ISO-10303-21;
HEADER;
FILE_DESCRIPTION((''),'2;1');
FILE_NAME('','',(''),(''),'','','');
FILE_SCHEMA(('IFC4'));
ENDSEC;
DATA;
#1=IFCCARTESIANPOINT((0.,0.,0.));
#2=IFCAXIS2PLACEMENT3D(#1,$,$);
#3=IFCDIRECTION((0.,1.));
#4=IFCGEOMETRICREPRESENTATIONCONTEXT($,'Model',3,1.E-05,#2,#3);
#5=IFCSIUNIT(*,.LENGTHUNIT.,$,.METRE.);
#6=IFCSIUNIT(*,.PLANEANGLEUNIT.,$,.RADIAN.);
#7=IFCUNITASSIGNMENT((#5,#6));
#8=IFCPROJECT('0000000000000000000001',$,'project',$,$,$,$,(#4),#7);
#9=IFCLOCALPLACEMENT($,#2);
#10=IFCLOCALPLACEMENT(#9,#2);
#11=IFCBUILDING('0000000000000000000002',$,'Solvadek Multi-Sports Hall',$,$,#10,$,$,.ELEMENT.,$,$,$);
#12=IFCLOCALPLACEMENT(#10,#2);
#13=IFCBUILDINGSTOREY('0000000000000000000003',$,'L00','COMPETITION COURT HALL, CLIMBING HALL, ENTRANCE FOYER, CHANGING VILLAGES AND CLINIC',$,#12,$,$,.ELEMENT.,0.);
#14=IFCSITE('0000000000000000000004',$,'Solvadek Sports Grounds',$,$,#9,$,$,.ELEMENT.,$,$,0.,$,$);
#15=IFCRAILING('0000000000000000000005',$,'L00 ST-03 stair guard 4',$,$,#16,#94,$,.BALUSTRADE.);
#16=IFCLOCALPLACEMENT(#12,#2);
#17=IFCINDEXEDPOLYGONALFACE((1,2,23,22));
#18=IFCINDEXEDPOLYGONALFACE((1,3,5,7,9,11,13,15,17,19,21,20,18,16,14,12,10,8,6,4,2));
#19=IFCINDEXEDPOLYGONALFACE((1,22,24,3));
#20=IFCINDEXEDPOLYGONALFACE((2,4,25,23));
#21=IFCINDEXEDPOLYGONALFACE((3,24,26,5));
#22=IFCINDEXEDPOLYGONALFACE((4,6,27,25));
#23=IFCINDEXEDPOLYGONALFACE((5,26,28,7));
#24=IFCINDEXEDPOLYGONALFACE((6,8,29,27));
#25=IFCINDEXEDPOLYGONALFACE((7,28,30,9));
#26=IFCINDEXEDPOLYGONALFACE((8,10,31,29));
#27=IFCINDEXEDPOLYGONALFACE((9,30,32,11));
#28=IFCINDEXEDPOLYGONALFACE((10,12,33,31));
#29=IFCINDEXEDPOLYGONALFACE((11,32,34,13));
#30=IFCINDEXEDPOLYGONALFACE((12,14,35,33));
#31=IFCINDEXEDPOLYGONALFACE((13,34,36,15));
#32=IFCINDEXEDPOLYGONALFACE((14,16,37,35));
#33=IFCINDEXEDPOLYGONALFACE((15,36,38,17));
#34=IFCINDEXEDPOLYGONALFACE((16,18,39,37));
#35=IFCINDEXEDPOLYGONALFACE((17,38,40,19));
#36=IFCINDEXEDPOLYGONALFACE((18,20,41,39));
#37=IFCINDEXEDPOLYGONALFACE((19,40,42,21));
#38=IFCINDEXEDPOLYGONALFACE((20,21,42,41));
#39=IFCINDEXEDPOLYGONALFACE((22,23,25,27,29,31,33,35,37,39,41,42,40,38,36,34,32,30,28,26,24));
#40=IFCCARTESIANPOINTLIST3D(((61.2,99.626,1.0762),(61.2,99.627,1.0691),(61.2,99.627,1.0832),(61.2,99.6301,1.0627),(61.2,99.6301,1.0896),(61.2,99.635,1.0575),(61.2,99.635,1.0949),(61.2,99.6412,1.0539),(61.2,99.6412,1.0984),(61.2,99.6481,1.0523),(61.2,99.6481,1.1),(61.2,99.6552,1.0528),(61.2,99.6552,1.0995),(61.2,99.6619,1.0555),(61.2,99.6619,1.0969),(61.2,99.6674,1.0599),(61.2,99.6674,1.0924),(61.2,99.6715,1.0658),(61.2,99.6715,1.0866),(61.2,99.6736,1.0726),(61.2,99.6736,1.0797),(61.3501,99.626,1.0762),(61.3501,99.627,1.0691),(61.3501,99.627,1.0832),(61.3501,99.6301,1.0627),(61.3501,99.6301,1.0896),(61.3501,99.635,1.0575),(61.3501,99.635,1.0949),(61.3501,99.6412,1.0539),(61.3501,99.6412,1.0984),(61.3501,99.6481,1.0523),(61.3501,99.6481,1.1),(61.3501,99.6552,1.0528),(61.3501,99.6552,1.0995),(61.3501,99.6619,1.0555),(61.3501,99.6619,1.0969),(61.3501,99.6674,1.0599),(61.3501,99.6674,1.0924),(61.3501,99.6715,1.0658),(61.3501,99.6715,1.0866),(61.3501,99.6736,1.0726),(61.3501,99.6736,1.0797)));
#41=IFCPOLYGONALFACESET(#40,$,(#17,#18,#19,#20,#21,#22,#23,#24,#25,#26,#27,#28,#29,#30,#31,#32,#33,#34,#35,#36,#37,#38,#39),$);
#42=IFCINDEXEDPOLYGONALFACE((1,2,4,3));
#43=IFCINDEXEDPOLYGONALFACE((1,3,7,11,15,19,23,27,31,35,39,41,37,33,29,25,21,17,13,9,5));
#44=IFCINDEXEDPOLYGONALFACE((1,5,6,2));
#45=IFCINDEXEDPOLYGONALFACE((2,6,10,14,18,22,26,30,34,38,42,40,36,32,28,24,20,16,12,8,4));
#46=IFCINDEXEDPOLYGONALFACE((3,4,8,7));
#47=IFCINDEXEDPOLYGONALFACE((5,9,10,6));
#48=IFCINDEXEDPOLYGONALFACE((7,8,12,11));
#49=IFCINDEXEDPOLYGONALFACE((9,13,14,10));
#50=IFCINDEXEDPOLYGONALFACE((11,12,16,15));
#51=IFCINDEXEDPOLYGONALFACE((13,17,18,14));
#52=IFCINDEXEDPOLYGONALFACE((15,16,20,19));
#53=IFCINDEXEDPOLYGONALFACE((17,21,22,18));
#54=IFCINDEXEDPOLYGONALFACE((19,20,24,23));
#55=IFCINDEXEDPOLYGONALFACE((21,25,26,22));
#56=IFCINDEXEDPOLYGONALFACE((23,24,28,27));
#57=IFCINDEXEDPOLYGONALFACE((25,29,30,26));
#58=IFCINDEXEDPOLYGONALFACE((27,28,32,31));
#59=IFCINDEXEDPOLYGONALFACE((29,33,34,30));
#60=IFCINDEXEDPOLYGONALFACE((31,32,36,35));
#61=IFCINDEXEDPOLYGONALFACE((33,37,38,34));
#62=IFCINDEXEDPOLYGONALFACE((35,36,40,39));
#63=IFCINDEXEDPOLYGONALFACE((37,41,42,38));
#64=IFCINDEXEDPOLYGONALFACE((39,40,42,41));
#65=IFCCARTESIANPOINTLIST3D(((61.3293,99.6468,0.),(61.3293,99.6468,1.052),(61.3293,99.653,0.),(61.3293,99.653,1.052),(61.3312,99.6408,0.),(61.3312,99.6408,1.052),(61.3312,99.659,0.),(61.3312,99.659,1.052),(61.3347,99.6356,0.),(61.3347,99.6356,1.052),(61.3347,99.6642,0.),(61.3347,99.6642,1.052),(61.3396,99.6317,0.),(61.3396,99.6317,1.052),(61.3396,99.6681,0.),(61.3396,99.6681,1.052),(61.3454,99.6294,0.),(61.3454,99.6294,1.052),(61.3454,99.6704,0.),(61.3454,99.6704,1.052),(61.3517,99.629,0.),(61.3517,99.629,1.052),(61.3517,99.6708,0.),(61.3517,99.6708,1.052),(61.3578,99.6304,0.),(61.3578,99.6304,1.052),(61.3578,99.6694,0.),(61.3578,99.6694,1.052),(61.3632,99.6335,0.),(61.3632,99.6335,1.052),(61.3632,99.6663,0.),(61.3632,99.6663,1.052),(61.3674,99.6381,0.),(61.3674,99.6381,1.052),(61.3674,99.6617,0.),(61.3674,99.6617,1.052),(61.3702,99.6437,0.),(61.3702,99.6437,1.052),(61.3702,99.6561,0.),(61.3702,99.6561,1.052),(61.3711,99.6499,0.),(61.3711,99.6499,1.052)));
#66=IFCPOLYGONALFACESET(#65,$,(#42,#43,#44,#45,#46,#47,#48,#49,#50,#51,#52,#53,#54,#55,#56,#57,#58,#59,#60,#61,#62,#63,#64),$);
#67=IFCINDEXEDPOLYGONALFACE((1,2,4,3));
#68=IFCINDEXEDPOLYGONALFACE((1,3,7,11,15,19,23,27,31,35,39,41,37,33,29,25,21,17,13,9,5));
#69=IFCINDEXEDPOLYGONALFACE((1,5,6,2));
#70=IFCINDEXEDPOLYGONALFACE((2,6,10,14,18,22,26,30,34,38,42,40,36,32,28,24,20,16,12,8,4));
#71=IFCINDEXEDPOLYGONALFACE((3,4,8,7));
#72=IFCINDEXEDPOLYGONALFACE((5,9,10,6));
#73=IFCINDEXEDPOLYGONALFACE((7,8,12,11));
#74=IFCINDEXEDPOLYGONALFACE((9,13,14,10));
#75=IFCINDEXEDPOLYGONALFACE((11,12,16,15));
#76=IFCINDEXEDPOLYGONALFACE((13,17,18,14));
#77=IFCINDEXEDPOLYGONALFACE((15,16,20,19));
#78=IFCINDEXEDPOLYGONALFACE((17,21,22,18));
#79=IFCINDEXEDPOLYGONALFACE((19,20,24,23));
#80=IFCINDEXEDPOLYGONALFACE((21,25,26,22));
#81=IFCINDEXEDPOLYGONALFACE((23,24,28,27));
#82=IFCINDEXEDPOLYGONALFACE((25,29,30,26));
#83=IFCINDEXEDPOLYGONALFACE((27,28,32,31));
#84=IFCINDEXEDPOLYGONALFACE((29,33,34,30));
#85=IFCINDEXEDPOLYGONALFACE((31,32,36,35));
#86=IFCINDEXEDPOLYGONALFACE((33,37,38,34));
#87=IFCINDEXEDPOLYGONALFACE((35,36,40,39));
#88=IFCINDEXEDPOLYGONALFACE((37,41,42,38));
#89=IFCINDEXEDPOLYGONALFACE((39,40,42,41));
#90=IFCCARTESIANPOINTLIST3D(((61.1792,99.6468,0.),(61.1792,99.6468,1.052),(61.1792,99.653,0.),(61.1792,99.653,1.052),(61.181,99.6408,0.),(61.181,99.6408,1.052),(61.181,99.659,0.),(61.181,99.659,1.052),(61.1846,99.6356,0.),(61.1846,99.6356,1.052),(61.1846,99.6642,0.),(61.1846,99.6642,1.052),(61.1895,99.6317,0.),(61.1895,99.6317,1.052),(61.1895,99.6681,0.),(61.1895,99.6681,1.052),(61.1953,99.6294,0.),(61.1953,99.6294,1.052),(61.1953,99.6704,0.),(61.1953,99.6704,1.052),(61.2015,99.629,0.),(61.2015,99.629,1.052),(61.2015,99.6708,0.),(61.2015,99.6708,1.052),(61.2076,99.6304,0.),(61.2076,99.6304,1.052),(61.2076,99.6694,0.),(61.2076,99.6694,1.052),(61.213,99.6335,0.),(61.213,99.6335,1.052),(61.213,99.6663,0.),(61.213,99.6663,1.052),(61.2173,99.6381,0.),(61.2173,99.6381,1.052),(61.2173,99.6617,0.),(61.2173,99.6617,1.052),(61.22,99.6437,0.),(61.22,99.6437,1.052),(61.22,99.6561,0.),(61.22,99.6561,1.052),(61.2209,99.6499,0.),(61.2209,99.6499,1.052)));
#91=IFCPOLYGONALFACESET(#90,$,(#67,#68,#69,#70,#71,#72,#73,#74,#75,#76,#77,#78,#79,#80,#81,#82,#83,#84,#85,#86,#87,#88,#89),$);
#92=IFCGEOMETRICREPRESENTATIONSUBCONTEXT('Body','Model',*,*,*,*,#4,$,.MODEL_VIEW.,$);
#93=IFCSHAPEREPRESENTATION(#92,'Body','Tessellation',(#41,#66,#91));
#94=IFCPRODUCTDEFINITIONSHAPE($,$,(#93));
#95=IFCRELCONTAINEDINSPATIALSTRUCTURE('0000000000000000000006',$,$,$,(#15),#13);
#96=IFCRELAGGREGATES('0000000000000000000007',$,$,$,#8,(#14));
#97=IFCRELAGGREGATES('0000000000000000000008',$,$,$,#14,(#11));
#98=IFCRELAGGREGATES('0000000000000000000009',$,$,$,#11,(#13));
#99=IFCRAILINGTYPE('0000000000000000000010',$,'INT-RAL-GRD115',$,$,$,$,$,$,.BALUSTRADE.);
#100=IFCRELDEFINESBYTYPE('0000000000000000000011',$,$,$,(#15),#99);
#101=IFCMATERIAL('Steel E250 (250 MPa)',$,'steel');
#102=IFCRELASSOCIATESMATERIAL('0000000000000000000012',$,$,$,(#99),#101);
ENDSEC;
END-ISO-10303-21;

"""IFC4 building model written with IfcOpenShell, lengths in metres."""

from ifc_helpers import new_model, si_unit, direction, frame, origin, origin_2d, place, context, subcontext, project, spatial, circle, extrude, material, type_object, element, save


model = new_model("IFC4")

# Units and contexts
model_context = context("Model", 3, precision=1e-05, world=origin(), true_north=direction((0.0, 1.0)))
body_context = subcontext(model_context, "Body", "Model", "MODEL_VIEW")
ifc_project = project(units=[si_unit("LENGTHUNIT", "METRE"), si_unit("PLANEANGLEUNIT", "RADIAN")], contexts=[model_context])

# Site, building, storey
site_placement = place(None, origin())
site = spatial("IfcSite", under=ifc_project, at=site_placement, Name="Solvadek Sports Grounds", CompositionType="ELEMENT", RefElevation=0.0)
building_placement = place(site_placement, origin())
building = spatial("IfcBuilding", under=site, at=building_placement, Name="Solvadek Multi-Sports Hall", CompositionType="ELEMENT")
storey_placement = place(building_placement, origin())
storey = spatial("IfcBuildingStorey", under=building, at=storey_placement, Name="L00", Description="COMPETITION COURT HALL, CLIMBING HALL, ENTRANCE FOYER, CHANGING VILLAGES AND CLINIC", CompositionType="ELEMENT", Elevation=0.0)

# Shared definitions
ifc_material_1 = material(Name="Steel E250 (250 MPa)", Category="steel")

# Railing
railing_type_1 = type_object("IfcRailingType", Name="INT-RAL-GRD115", PredefinedType="BALUSTRADE", material=ifc_material_1)
railing_1_placement = place(storey_placement, frame((61.3501, 99.6499, 0.0)))
element("IfcRailing", 1, at=railing_1_placement, inside=storey, type_object=railing_type_1, Name="L00 ST-03 stair guard 4", PredefinedType="BALUSTRADE", context=body_context, shape_type="SweptSolid", body=[
    extrude(circle(Radius=0.0239, at=origin_2d()), frame((0.0, 0.0, 1.0762), z_axis=(-1.0, 0.0, 0.0), x_axis=(0.0, -1.0, 0.0)), (0.0, 0.0, 1.0), 0.1501),
    extrude(circle(Radius=0.021, at=origin_2d()), origin(), (0.0, 0.0, 1.0), 1.052),
    extrude(circle(Radius=0.021, at=origin_2d()), frame((-0.1501, 0.0, 0.0)), (0.0, 0.0, 1.0), 1.052),
])

save(model, "model.ifc")
